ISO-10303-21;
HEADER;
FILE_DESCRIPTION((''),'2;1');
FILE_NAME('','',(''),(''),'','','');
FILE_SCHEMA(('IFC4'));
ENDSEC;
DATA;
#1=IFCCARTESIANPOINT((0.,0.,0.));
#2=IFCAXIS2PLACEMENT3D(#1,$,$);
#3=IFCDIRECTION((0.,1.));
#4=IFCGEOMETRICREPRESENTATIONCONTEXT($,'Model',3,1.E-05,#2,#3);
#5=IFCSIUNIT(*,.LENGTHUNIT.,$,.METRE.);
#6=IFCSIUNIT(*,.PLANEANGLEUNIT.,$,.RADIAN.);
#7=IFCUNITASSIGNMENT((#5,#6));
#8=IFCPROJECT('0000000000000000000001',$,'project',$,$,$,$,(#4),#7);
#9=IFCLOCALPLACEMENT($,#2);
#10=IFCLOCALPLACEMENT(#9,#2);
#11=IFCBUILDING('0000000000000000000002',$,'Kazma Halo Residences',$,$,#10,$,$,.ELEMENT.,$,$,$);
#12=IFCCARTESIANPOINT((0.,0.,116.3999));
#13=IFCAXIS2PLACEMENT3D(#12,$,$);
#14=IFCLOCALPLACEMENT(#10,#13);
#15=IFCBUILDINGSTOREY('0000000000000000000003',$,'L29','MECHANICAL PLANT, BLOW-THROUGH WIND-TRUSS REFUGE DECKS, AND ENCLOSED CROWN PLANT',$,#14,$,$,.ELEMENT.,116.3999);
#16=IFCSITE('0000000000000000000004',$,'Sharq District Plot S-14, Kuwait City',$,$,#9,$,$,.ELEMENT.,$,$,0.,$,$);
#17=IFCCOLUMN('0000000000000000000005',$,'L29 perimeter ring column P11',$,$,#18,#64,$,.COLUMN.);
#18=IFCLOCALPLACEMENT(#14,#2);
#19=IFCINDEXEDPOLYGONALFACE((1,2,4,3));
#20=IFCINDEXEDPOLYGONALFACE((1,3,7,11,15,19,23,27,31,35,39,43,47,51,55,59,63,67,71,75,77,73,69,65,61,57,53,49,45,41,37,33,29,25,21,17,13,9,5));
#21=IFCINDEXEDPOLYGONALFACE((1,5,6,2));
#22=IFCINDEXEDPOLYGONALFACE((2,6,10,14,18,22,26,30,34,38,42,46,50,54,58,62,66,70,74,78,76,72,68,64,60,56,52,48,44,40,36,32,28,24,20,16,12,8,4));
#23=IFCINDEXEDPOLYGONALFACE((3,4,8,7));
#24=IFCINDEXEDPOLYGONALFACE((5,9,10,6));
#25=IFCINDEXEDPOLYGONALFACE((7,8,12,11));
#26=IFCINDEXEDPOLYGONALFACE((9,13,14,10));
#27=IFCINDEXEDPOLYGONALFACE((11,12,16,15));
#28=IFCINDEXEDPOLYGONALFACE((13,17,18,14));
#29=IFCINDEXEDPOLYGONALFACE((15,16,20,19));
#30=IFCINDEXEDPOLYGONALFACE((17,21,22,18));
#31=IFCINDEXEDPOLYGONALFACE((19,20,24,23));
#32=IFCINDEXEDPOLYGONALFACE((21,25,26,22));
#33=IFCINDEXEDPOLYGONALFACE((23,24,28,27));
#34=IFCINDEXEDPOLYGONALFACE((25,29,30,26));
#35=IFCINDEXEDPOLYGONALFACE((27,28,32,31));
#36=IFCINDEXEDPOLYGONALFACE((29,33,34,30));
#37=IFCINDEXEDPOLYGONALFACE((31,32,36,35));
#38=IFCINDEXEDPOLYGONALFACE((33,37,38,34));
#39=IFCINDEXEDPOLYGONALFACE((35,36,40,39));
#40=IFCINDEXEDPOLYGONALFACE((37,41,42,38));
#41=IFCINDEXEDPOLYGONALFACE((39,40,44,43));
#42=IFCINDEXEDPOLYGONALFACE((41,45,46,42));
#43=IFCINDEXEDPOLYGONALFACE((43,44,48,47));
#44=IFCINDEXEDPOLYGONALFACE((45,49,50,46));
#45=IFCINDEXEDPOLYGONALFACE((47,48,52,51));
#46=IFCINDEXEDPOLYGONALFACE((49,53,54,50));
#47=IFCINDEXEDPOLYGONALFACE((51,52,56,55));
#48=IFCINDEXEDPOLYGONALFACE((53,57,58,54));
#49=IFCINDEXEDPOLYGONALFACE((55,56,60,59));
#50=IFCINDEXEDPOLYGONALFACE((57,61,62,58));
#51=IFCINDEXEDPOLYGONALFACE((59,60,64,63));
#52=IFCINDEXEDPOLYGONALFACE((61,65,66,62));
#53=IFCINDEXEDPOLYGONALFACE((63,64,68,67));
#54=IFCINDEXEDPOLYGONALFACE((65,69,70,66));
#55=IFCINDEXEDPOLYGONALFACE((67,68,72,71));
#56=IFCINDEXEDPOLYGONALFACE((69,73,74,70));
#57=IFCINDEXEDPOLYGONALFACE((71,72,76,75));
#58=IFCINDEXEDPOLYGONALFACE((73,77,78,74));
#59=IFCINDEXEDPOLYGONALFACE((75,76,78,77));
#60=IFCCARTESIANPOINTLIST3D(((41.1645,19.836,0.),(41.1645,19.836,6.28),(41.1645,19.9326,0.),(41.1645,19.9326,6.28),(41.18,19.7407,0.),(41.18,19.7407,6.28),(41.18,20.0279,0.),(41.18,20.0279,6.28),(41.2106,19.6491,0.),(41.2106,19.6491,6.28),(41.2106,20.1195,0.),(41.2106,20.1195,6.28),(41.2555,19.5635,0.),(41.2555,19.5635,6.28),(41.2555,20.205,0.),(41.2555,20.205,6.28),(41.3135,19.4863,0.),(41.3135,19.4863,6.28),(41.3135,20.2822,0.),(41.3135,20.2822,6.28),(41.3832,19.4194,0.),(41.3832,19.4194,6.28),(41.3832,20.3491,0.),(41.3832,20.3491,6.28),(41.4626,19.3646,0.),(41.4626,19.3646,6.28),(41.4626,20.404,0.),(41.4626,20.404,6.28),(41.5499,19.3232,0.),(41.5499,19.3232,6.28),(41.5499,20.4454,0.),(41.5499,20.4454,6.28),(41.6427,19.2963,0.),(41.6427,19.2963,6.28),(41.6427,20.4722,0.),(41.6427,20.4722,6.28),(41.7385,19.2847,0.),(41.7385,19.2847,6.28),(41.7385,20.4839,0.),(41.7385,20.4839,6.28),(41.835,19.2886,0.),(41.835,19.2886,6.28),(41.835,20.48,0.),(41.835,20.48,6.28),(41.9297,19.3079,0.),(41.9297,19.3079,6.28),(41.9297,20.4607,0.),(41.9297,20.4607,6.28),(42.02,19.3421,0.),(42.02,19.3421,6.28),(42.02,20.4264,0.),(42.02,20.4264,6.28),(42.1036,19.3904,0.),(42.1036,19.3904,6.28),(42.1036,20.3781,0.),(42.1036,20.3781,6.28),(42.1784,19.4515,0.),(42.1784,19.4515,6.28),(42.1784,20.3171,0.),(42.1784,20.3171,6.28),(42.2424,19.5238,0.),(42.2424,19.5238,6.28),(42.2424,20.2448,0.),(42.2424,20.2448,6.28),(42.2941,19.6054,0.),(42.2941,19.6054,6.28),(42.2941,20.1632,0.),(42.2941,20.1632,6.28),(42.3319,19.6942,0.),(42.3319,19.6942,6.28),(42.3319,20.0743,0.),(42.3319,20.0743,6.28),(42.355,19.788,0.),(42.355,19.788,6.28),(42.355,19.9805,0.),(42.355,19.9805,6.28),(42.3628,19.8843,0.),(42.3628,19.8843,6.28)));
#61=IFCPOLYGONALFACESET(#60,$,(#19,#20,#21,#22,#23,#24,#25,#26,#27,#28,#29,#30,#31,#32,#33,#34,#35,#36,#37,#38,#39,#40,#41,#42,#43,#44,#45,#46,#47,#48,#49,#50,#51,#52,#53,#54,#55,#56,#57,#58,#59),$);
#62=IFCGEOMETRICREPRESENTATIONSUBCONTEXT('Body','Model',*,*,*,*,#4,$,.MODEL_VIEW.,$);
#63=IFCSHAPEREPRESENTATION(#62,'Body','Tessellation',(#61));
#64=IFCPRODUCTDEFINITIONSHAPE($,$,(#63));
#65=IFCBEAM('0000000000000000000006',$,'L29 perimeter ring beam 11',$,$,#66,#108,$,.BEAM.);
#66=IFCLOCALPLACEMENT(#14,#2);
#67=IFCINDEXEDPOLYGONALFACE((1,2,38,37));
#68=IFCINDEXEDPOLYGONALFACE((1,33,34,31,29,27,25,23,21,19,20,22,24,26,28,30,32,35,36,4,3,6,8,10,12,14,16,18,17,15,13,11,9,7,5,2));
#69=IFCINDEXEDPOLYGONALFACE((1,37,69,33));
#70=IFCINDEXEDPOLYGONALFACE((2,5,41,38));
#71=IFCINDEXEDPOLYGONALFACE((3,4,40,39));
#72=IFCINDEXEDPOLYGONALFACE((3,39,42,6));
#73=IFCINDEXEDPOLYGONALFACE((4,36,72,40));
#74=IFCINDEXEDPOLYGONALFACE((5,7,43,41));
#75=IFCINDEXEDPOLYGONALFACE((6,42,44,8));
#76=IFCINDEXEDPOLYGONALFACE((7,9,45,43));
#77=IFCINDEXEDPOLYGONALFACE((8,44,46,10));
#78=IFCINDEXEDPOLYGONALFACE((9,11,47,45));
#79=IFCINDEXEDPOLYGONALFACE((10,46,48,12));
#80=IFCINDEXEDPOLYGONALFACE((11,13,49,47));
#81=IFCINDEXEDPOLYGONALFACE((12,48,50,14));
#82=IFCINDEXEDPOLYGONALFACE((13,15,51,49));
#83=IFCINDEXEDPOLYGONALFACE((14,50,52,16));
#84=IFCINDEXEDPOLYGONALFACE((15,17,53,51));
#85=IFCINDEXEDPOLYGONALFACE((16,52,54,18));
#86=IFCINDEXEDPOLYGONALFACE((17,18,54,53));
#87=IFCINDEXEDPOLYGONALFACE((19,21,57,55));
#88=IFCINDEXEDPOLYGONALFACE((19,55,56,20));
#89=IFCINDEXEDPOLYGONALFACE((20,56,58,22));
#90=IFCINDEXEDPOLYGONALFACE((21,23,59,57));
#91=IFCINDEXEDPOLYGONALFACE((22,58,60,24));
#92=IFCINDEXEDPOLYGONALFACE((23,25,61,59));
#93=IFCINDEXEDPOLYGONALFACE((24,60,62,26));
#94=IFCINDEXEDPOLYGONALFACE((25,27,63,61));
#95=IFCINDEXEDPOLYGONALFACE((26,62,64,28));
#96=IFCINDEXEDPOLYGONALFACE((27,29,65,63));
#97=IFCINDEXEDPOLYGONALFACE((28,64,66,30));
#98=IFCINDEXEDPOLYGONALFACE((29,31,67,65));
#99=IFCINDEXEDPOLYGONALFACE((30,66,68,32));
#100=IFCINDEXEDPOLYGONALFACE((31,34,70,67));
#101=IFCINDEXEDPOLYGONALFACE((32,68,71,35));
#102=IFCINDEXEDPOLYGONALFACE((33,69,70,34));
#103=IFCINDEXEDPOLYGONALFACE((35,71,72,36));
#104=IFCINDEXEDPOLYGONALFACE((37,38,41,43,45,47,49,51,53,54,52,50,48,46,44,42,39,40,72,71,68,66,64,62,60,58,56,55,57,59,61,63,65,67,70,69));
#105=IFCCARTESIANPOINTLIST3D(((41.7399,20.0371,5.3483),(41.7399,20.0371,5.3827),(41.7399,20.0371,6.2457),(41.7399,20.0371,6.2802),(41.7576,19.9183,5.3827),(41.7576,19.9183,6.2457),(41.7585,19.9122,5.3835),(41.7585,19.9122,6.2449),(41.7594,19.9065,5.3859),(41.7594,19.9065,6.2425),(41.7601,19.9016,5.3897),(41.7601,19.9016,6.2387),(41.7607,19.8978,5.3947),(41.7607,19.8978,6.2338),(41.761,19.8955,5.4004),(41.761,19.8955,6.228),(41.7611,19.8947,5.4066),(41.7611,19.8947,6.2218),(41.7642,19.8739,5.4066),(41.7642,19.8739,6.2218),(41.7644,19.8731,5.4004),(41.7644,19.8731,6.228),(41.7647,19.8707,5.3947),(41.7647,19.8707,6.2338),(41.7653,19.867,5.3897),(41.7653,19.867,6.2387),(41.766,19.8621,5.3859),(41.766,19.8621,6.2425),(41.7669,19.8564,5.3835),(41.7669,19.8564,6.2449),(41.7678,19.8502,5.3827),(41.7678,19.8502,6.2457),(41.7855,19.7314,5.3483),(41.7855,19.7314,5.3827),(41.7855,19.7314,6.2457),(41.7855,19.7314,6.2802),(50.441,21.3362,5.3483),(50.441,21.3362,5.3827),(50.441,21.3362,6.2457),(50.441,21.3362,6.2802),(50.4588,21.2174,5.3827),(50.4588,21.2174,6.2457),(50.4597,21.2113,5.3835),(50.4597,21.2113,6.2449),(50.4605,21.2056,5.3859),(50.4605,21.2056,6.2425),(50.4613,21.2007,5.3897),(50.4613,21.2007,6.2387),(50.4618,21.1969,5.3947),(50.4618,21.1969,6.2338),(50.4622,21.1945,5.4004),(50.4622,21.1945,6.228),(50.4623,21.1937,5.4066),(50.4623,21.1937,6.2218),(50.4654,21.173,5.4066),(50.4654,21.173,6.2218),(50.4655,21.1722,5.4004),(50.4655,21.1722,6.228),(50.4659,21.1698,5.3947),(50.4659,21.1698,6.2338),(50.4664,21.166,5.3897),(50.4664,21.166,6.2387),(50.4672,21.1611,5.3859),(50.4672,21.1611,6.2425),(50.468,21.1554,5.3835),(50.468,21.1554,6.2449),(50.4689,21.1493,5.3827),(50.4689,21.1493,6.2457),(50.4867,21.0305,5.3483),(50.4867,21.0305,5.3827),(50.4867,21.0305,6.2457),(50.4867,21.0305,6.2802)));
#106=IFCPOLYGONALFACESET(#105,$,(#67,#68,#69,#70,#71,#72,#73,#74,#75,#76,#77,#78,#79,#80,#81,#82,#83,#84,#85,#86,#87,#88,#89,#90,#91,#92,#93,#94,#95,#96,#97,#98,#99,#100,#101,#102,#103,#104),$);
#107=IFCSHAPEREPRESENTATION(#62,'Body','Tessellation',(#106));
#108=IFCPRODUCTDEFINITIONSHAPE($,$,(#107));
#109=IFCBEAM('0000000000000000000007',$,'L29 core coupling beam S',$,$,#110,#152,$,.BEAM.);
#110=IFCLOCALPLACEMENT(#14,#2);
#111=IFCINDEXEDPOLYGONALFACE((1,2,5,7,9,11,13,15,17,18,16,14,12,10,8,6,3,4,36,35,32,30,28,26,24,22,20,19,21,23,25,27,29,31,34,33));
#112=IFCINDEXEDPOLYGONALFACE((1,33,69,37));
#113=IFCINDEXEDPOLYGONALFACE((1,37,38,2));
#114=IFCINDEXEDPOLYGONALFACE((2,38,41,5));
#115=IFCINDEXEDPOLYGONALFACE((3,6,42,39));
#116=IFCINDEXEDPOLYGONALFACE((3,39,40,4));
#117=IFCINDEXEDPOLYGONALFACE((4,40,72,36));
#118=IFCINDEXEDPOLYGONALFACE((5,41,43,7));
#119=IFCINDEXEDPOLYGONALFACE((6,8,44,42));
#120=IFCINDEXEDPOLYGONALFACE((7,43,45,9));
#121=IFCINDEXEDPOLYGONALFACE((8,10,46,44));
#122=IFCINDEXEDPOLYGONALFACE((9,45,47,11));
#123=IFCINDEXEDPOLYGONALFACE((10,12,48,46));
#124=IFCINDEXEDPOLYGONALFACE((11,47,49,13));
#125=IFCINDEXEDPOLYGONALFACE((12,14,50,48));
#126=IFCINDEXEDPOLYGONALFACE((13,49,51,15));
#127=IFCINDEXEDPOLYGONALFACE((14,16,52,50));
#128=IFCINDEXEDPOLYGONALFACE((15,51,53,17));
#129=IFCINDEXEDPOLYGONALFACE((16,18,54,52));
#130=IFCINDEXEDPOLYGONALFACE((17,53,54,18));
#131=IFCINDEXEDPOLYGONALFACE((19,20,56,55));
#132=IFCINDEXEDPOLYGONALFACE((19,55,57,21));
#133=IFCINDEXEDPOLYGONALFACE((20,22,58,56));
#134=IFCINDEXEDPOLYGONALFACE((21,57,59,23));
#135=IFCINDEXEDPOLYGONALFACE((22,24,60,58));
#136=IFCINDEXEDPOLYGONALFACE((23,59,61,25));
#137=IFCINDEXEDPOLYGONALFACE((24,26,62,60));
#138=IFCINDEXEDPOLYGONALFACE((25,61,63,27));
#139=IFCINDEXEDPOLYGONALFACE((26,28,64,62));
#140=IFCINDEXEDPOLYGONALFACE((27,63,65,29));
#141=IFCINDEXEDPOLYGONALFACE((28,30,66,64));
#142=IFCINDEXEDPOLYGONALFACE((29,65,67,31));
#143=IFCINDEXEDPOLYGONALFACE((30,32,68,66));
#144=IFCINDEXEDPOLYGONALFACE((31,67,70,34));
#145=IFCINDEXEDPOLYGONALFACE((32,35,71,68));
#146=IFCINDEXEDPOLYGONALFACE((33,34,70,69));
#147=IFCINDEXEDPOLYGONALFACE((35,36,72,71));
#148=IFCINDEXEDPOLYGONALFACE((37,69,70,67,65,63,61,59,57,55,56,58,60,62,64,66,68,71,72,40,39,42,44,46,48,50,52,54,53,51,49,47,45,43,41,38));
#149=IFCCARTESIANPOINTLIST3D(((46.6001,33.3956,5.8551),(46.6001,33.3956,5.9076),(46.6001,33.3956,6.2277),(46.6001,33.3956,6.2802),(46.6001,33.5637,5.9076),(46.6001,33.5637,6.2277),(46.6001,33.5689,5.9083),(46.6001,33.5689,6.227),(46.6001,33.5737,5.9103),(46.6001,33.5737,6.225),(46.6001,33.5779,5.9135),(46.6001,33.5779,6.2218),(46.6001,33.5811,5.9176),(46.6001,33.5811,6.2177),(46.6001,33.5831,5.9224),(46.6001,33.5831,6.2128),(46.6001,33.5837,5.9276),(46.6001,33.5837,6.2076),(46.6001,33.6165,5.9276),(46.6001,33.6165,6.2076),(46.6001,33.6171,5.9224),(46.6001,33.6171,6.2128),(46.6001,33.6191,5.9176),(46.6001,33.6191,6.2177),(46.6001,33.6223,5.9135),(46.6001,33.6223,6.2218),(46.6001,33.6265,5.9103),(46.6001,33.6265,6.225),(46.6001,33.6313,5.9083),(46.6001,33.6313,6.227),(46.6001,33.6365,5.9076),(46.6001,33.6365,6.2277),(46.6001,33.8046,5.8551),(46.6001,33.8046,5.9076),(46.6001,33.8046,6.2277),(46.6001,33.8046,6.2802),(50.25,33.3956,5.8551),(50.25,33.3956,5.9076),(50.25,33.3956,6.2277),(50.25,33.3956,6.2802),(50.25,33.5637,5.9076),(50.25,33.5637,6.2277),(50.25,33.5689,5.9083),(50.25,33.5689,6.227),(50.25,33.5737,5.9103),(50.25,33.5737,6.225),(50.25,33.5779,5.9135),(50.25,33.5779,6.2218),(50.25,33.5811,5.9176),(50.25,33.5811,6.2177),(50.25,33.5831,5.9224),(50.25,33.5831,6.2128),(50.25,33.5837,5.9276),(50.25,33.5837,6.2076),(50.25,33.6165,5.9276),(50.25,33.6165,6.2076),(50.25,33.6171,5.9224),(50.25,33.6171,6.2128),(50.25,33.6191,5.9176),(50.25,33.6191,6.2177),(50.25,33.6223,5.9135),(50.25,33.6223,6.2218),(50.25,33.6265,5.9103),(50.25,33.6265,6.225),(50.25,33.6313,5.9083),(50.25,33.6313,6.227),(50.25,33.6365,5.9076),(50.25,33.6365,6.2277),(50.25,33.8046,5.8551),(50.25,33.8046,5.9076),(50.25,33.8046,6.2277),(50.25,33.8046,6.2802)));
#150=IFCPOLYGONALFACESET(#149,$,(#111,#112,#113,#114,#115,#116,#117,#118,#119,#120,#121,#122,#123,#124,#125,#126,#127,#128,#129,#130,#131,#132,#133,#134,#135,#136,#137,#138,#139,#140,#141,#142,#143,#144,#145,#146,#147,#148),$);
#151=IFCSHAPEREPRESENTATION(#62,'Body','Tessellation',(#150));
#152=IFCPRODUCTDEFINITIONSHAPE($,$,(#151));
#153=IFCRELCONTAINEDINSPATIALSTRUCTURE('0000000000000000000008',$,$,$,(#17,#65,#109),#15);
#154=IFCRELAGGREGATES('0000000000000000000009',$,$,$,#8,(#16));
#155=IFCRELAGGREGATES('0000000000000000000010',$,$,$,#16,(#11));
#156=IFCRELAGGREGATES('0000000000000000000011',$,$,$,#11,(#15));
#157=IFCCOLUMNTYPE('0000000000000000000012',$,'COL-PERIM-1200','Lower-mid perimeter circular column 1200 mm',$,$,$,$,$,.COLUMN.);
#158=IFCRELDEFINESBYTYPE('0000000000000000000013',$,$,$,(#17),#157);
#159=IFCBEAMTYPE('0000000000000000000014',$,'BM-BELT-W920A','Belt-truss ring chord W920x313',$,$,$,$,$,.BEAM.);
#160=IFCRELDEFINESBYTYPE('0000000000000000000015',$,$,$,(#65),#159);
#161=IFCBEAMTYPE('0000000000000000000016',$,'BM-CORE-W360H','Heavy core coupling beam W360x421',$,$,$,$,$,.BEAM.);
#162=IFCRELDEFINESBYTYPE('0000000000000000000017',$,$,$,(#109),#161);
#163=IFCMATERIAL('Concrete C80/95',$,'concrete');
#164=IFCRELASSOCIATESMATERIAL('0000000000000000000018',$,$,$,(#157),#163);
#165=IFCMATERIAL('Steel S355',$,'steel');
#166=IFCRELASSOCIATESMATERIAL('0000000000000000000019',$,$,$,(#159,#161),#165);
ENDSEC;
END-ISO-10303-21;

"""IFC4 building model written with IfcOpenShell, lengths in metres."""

from ifc_helpers import new_model, si_unit, direction, frame, origin, origin_2d, place, context, subcontext, project, spatial, circle, i_section, extrude, material, material_profile, profile_set, type_object, element, save


model = new_model("IFC4")

# Units and contexts
model_context = context("Model", 3, precision=1e-05, world=origin(), true_north=direction((0.0, 1.0)))
body_context = subcontext(model_context, "Body", "Model", "MODEL_VIEW")
ifc_project = project(units=[si_unit("LENGTHUNIT", "METRE"), si_unit("PLANEANGLEUNIT", "RADIAN")], contexts=[model_context])

# Site, building, storey
site_placement = place(None, origin())
site = spatial("IfcSite", under=ifc_project, at=site_placement, Name="Sharq District Plot S-14, Kuwait City", CompositionType="ELEMENT", RefElevation=0.0)
building_placement = place(site_placement, origin())
building = spatial("IfcBuilding", under=site, at=building_placement, Name="Kazma Halo Residences", CompositionType="ELEMENT")
storey_placement = place(building_placement, frame((0.0, 0.0, 116.3999)))
storey = spatial("IfcBuildingStorey", under=building, at=storey_placement, Name="L29", Description="MECHANICAL PLANT, BLOW-THROUGH WIND-TRUSS REFUGE DECKS, AND ENCLOSED CROWN PLANT", CompositionType="ELEMENT", Elevation=116.3999)

# Column
ifc_material_1 = material(Name="Concrete C80/95", Category="concrete")
ifc_material_profile_1 = material_profile(ifc_material_1, circle(Radius=0.6001, at=origin_2d()), Name="CIRC1200")
ifc_profile_set_1 = profile_set([ifc_material_profile_1], Name="Concrete C80/95")
column_type = type_object("IfcColumnType", Name="COL-PERIM-1200", Description="Lower-mid perimeter circular column 1200 mm", PredefinedType="COLUMN", material=ifc_profile_set_1)
column_placement = place(storey_placement, frame((41.7627, 19.8843, 0.0), z_axis=(0.0, 0.0, 1.0), x_axis=(1.0, 0.0, 0.0)))
element("IfcColumn", 1, at=column_placement, inside=storey, type_object=column_type, Name="L29 perimeter ring column P11", PredefinedType="COLUMN", context=body_context, shape_type="SweptSolid", body=[
    extrude(circle(Radius=0.6001, at=origin_2d()), origin(), (0.0, 0.0, 1.0), 6.28),
])

# Beams
ifc_material_2 = material(Name="Steel S355", Category="steel")
ifc_material_profile_2 = material_profile(ifc_material_2, i_section(OverallWidth=0.3091, OverallDepth=0.9319, WebThickness=0.021, FlangeThickness=0.0344, FilletRadius=0.0239, at=origin_2d()), Name="W920x313")
ifc_profile_set_2 = profile_set([ifc_material_profile_2], Name="Steel S355")
beam_type_1 = type_object("IfcBeamType", Name="BM-BELT-W920A", Description="Belt-truss ring chord W920x313", PredefinedType="BEAM", material=ifc_profile_set_2)
beam_1_placement = place(storey_placement, frame((41.7627, 19.8843, 5.8142), z_axis=(0.989038, 0.147662, 0.0), x_axis=(-0.147662, 0.989038, 0.0)))
element("IfcBeam", 2, at=beam_1_placement, inside=storey, type_object=beam_type_1, Name="L29 perimeter ring beam 11", PredefinedType="BEAM", context=body_context, shape_type="SweptSolid", body=[
    extrude(i_section(OverallWidth=0.3091, OverallDepth=0.9319, WebThickness=0.021, FlangeThickness=0.0344, FilletRadius=0.0239, at=origin_2d()), origin(), (0.0, 0.0, 1.0), 8.7976),
])
ifc_material_profile_3 = material_profile(ifc_material_2, i_section(OverallWidth=0.4089, OverallDepth=0.425, WebThickness=0.0327, FlangeThickness=0.0525, FilletRadius=0.02, at=origin_2d()), Name="W360x421")
ifc_profile_set_3 = profile_set([ifc_material_profile_3], Name="Steel S355")
beam_type_2 = type_object("IfcBeamType", Name="BM-CORE-W360H", Description="Heavy core coupling beam W360x421", PredefinedType="BEAM", material=ifc_profile_set_3)
beam_2_placement = place(storey_placement, frame((46.6001, 33.6001, 6.0676), z_axis=(1.0, 0.0, 0.0), x_axis=(0.0, 1.0, 0.0)))
element("IfcBeam", 3, at=beam_2_placement, inside=storey, type_object=beam_type_2, Name="L29 core coupling beam S", PredefinedType="BEAM", context=body_context, shape_type="SweptSolid", body=[
    extrude(i_section(OverallWidth=0.4089, OverallDepth=0.425, WebThickness=0.0327, FlangeThickness=0.0525, FilletRadius=0.02, at=origin_2d()), origin(), (0.0, 0.0, 1.0), 3.6499),
])

save(model, "model.ifc")
